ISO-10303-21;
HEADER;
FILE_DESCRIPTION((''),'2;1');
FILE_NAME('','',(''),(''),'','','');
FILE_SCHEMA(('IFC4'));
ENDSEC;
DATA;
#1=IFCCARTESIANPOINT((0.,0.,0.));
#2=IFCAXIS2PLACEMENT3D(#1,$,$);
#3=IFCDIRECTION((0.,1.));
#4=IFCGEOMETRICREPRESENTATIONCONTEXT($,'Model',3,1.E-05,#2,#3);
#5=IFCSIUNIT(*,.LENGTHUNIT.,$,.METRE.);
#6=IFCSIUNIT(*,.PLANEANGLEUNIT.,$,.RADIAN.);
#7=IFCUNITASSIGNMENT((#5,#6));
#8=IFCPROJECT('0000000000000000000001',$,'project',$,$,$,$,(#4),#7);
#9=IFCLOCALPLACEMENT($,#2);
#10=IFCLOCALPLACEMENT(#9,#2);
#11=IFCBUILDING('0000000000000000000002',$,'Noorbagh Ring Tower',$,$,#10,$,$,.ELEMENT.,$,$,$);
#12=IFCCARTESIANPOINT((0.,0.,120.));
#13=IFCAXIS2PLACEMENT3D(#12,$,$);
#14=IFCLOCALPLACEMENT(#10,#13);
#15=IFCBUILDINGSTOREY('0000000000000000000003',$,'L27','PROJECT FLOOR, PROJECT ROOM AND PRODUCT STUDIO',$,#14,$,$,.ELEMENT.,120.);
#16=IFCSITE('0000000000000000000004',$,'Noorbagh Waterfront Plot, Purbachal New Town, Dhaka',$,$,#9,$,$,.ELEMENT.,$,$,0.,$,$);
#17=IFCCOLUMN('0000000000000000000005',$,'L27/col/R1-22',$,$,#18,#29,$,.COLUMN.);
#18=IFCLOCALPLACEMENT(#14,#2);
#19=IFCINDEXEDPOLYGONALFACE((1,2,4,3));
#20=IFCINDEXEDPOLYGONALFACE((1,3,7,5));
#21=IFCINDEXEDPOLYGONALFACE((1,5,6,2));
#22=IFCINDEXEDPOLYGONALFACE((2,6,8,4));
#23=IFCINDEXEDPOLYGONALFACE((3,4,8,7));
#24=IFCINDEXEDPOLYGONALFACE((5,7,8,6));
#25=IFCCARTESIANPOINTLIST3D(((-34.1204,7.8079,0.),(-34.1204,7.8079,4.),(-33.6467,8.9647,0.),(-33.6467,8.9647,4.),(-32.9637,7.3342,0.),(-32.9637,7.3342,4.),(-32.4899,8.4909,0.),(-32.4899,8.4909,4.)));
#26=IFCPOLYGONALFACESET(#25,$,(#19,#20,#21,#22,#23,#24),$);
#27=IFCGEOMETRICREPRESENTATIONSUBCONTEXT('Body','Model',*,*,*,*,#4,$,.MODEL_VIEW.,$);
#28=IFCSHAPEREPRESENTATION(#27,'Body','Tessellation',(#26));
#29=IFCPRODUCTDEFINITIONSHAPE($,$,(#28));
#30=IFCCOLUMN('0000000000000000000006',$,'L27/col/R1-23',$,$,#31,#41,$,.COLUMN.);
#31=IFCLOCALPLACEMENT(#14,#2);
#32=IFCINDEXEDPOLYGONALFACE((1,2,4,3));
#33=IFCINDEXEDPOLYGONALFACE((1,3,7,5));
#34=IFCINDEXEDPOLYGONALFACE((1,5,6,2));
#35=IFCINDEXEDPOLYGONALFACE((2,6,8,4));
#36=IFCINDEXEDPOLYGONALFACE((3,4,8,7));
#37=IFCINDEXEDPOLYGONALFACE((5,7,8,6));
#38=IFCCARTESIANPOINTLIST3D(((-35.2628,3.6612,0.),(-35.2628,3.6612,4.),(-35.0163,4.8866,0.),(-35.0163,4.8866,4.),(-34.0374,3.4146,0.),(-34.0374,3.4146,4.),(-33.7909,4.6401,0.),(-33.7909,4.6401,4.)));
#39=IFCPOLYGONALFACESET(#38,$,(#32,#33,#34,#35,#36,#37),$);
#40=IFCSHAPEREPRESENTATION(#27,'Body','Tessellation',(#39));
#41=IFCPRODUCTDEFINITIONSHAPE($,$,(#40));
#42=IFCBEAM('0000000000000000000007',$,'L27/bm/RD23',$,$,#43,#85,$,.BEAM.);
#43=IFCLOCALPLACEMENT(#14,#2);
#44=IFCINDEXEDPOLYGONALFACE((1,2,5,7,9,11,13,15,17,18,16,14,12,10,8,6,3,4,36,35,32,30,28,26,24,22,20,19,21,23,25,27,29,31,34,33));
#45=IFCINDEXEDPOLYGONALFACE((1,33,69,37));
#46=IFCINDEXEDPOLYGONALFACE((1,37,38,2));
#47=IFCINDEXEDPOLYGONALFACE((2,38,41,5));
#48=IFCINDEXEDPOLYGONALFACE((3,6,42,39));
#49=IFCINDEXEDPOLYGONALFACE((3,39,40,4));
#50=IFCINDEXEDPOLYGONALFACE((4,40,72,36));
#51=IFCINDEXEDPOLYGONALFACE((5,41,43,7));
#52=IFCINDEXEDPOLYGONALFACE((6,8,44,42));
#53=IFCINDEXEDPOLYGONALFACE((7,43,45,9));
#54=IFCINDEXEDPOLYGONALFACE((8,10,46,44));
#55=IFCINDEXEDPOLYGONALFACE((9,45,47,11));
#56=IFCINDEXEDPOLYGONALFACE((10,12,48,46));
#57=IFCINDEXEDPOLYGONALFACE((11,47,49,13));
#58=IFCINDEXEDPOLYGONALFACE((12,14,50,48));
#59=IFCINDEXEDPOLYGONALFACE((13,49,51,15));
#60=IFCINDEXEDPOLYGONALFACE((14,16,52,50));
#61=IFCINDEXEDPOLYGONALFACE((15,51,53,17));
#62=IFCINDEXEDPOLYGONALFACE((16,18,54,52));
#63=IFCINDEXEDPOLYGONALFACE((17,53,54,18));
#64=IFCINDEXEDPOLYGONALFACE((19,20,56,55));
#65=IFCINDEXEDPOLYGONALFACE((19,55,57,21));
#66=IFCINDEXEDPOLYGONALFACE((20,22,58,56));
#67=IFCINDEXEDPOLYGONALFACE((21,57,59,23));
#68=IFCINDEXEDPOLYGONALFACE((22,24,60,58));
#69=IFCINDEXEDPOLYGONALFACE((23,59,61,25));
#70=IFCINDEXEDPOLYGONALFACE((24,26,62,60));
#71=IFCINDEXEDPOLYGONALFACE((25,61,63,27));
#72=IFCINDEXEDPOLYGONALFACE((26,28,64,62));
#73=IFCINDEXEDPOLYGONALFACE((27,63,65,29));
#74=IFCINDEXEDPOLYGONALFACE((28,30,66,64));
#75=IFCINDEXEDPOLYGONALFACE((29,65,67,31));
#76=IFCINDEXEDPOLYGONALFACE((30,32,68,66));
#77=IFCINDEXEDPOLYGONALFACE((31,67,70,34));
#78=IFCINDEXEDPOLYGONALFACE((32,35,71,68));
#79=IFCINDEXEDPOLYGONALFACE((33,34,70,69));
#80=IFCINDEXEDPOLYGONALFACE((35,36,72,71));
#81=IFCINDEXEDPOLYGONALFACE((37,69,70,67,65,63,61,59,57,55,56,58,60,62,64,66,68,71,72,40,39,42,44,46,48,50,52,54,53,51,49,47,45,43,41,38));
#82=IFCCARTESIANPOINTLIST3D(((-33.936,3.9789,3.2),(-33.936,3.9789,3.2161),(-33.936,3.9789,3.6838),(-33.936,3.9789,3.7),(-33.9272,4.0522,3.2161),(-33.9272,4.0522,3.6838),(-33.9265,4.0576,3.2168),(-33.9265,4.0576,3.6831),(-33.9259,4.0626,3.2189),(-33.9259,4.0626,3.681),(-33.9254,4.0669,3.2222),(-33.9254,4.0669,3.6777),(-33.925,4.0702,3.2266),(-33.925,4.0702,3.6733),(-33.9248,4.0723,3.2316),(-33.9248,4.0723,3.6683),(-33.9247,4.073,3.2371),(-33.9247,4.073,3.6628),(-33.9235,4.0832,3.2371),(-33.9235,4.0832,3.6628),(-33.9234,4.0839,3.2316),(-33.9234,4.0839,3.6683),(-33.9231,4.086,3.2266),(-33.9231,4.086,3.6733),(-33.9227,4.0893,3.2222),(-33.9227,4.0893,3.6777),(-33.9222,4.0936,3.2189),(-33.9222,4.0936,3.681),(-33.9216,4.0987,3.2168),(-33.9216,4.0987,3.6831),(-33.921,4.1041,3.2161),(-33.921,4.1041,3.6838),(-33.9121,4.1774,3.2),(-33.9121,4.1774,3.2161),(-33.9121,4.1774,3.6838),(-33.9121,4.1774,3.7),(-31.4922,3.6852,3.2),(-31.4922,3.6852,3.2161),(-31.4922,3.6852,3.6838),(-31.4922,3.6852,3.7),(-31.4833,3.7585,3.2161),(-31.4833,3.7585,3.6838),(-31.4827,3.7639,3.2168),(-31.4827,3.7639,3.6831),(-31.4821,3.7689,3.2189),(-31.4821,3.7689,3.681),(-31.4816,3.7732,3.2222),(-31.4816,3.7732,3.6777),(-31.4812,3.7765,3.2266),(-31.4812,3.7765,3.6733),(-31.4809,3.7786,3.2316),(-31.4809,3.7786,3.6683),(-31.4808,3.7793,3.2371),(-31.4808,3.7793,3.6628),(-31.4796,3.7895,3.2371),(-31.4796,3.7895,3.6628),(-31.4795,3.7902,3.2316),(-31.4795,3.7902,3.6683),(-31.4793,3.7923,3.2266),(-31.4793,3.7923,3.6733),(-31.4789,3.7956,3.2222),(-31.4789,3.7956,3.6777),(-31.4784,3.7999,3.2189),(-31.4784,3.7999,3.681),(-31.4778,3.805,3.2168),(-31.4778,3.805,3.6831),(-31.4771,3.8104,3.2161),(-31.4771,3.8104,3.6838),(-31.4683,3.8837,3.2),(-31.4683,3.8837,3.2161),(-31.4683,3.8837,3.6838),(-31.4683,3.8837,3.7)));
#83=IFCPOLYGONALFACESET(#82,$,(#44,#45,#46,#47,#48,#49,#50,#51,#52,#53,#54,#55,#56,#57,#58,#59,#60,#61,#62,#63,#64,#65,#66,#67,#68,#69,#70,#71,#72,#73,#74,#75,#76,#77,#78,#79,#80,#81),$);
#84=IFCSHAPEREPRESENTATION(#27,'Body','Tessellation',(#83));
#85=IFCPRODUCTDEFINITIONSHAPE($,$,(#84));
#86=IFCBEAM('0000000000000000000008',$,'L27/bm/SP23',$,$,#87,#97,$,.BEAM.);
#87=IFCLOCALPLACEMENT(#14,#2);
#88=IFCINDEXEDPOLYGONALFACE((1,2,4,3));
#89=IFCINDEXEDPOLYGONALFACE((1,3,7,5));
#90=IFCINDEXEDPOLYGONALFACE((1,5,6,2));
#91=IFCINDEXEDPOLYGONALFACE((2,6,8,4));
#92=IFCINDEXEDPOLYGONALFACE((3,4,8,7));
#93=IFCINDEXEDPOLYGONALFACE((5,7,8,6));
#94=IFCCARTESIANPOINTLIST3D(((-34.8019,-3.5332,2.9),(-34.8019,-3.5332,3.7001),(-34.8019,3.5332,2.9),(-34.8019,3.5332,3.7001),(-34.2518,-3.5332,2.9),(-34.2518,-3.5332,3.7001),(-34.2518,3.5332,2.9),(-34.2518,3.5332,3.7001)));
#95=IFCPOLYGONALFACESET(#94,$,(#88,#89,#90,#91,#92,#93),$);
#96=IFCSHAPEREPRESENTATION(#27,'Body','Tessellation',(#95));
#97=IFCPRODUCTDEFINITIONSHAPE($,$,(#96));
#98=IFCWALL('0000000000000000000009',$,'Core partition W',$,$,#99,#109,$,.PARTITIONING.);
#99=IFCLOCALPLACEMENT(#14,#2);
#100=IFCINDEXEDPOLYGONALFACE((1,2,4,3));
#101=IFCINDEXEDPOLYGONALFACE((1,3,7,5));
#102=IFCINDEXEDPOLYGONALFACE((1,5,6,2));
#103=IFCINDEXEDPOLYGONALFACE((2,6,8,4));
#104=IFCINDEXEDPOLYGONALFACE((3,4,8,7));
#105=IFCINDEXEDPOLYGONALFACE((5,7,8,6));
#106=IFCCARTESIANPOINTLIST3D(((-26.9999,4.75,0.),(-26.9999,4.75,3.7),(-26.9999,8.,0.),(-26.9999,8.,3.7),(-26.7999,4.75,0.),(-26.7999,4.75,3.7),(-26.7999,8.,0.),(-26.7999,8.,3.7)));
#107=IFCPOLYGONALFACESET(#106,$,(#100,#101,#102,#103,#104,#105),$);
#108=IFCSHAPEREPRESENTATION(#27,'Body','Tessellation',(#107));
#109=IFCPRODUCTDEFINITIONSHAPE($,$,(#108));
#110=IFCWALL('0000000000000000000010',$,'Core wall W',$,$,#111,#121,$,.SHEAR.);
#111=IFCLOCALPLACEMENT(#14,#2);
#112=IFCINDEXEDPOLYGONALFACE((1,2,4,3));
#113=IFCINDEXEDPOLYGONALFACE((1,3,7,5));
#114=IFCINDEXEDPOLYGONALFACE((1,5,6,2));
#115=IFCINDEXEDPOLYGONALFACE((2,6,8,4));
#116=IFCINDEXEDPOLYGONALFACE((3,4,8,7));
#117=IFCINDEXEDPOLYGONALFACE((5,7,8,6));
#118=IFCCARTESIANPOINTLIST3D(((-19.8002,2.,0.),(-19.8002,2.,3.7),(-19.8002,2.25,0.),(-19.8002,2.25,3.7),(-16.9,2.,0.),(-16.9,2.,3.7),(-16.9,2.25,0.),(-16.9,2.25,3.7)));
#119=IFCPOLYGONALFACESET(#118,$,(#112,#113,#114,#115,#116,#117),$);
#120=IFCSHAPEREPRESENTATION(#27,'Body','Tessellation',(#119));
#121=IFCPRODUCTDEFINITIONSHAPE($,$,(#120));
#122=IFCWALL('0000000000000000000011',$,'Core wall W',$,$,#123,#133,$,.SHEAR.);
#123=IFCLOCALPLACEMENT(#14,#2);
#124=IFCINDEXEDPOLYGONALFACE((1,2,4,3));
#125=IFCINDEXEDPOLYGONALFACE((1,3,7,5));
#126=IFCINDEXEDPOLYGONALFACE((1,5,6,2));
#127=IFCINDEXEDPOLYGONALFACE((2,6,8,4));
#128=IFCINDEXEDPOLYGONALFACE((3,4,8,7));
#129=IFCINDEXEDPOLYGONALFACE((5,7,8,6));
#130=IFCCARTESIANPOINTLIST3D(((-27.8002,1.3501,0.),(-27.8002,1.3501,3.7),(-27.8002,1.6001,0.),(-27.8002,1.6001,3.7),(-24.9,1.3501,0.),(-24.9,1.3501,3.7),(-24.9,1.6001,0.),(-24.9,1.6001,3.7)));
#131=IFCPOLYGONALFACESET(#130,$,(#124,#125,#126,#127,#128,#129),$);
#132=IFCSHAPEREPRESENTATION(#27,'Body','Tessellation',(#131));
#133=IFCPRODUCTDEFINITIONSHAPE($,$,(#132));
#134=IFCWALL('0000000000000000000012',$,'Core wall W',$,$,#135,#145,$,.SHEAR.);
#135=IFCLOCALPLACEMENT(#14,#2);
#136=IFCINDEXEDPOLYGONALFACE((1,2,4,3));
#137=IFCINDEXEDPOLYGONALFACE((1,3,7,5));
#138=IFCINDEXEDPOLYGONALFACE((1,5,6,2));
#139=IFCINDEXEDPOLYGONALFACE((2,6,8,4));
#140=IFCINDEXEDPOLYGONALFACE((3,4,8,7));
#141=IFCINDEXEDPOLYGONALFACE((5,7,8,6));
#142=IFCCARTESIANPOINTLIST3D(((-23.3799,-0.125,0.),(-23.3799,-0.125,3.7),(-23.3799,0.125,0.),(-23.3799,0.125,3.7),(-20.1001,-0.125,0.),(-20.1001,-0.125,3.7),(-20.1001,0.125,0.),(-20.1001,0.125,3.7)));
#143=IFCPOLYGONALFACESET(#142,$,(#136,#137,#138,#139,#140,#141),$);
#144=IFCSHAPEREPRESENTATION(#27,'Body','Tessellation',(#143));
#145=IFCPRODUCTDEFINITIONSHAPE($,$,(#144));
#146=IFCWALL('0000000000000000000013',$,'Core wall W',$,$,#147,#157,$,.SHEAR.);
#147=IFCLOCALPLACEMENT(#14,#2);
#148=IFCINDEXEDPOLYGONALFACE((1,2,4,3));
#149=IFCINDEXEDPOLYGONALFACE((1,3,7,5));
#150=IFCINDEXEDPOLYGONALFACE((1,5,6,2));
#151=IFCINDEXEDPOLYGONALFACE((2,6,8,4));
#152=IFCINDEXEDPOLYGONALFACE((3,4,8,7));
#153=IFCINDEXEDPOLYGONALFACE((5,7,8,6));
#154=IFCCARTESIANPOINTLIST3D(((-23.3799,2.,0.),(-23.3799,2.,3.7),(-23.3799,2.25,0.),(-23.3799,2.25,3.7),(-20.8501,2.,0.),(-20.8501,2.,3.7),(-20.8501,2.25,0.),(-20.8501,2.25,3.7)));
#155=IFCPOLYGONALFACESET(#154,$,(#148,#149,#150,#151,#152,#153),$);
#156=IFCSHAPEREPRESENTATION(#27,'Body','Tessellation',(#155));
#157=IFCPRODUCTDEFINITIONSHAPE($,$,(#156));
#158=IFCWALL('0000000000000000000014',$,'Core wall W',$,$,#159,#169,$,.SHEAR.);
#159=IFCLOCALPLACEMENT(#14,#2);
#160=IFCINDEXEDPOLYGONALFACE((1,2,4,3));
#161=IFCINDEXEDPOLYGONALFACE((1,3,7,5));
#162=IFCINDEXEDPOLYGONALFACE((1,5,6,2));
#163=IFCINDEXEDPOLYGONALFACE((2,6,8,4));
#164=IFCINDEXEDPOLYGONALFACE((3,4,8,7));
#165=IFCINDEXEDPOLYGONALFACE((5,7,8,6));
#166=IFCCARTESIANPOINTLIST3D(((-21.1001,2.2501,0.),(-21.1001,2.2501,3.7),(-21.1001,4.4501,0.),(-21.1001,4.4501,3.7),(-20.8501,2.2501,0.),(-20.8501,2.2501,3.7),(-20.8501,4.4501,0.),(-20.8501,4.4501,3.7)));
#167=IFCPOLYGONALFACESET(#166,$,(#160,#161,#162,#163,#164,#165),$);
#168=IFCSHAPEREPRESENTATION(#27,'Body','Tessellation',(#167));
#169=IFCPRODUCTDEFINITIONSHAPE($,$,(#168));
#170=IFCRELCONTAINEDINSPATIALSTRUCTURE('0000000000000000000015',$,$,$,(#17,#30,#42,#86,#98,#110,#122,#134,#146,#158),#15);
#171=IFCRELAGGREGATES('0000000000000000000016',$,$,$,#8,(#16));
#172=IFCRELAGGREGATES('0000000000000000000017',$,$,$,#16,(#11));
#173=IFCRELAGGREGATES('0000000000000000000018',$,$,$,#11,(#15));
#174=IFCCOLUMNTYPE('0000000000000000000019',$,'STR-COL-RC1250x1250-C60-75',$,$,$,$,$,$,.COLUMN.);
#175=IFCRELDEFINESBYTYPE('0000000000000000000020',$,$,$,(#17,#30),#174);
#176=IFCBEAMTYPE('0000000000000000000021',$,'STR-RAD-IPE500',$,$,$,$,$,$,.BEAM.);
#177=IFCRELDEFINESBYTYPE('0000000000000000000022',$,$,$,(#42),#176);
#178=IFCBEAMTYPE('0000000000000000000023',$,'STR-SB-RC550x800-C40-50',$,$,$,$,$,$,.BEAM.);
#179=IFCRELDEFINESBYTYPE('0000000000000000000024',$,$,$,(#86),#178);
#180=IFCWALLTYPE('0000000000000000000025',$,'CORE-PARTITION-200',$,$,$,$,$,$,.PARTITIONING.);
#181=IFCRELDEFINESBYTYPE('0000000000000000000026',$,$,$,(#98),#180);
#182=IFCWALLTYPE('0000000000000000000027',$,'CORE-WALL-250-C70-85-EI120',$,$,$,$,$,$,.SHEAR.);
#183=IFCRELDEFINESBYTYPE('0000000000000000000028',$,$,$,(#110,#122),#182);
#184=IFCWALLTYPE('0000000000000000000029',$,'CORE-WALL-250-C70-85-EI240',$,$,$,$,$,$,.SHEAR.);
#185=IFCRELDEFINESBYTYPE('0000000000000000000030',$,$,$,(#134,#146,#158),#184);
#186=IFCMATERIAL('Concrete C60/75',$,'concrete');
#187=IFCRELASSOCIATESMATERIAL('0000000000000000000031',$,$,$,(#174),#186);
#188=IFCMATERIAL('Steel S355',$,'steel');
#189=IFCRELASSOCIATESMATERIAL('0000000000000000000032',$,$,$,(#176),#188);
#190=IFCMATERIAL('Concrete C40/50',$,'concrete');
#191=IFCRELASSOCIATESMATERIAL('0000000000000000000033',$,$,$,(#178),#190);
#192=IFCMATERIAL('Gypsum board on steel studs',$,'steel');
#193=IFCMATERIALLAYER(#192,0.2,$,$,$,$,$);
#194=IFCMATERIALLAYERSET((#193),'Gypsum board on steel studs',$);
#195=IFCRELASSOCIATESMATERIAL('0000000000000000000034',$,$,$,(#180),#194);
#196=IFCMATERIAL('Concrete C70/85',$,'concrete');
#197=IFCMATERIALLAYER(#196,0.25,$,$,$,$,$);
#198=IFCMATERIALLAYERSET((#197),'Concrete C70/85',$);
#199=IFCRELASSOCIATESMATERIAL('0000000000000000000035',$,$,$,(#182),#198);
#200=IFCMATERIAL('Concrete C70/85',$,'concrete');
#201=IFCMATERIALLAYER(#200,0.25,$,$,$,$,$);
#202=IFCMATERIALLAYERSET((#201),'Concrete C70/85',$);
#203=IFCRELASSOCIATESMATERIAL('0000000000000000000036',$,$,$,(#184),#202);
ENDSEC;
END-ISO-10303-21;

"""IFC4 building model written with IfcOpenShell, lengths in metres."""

from ifc_helpers import new_model, si_unit, direction, frame, frame_2d, origin, origin_2d, place, context, subcontext, project, spatial, rectangle, i_section, extrude, material, layer, layer_set, material_profile, profile_set, type_object, element, save


model = new_model("IFC4")

# Units and contexts
model_context = context("Model", 3, precision=1e-05, world=origin(), true_north=direction((0.0, 1.0)))
body_context = subcontext(model_context, "Body", "Model", "MODEL_VIEW")
ifc_project = project(units=[si_unit("LENGTHUNIT", "METRE"), si_unit("PLANEANGLEUNIT", "RADIAN")], contexts=[model_context])

# Site, building, storey
site_placement = place(None, origin())
site = spatial("IfcSite", under=ifc_project, at=site_placement, Name="Noorbagh Waterfront Plot, Purbachal New Town, Dhaka", CompositionType="ELEMENT", RefElevation=0.0)
building_placement = place(site_placement, origin())
building = spatial("IfcBuilding", under=site, at=building_placement, Name="Noorbagh Ring Tower", CompositionType="ELEMENT")
storey_placement = place(building_placement, frame((0.0, 0.0, 120.0)))
storey = spatial("IfcBuildingStorey", under=building, at=storey_placement, Name="L27", Description="PROJECT FLOOR, PROJECT ROOM AND PRODUCT STUDIO", CompositionType="ELEMENT", Elevation=120.0)

# Columns
ifc_material_1 = material(Name="Concrete C60/75", Category="concrete")
ifc_material_profile_1 = material_profile(ifc_material_1, rectangle(XDim=1.25, YDim=1.25, at=origin_2d()), Name="RC1250x1250")
ifc_profile_set_1 = profile_set([ifc_material_profile_1], Name="Concrete C60/75")
column_type = type_object("IfcColumnType", Name="STR-COL-RC1250x1250-C60-75", PredefinedType="COLUMN", material=ifc_profile_set_1)
for number, where, z_axis, x_axis, name in (
    (1, (-33.3052, 8.1494, 0.0), (0.0, 0.0, 1.0), (-0.378989, -0.925401, 0.0), "L27/col/R1-22"),
    (2, (-34.5269, 4.1506, 0.0), (0.0, 0.0, 1.0), (-0.19723, -0.980357, 0.0), "L27/col/R1-23"),
):
    element("IfcColumn", number, at=place(storey_placement, frame(where, z_axis=z_axis, x_axis=x_axis)), inside=storey, type_object=column_type, Name=name, PredefinedType="COLUMN", context=body_context, shape_type="SweptSolid", body=[
        extrude(rectangle(XDim=1.25, YDim=1.25, at=origin_2d()), origin(), (0.0, 0.0, 1.0), 4.0),
    ])

# Beams
ifc_material_2 = material(Name="Steel S355", Category="steel")
ifc_material_profile_2 = material_profile(ifc_material_2, i_section(OverallWidth=0.2, OverallDepth=0.5, WebThickness=0.0103, FlangeThickness=0.0161, FilletRadius=0.021, at=origin_2d()), Name="IPE500")
ifc_profile_set_2 = profile_set([ifc_material_profile_2], Name="Steel S355")
beam_type_1 = type_object("IfcBeamType", Name="STR-RAD-IPE500", PredefinedType="BEAM", material=ifc_profile_set_2)
beam_1_placement = place(storey_placement, frame((-33.9241, 4.0781, 3.45), z_axis=(0.992856, -0.119321, 0.0), x_axis=(0.119321, 0.992856, 0.0)))
element("IfcBeam", 3, at=beam_1_placement, inside=storey, type_object=beam_type_1, Name="L27/bm/RD23", PredefinedType="BEAM", context=body_context, shape_type="SweptSolid", body=[
    extrude(i_section(OverallWidth=0.2, OverallDepth=0.5, WebThickness=0.0103, FlangeThickness=0.0161, FilletRadius=0.021, at=origin_2d()), origin(), (0.0, 0.0, 1.0), 2.4614),
])
ifc_material_3 = material(Name="Concrete C40/50", Category="concrete")
ifc_material_profile_3 = material_profile(ifc_material_3, rectangle(XDim=0.55, YDim=0.8, at=origin_2d()), Name="RC550x800")
ifc_profile_set_3 = profile_set([ifc_material_profile_3], Name="Concrete C40/50")
beam_type_2 = type_object("IfcBeamType", Name="STR-SB-RC550x800-C40-50", PredefinedType="BEAM", material=ifc_profile_set_3)
beam_2_placement = place(storey_placement, frame((-34.5269, 3.5332, 3.3), z_axis=(0.0, -1.0, 0.0), x_axis=(1.0, 0.0, 0.0)))
element("IfcBeam", 4, at=beam_2_placement, inside=storey, type_object=beam_type_2, Name="L27/bm/SP23", PredefinedType="BEAM", context=body_context, shape_type="SweptSolid", body=[
    extrude(rectangle(XDim=0.55, YDim=0.8, at=origin_2d()), origin(), (0.0, 0.0, 1.0), 7.0664),
])

# Walls
ifc_material_4 = material(Name="Gypsum board on steel studs", Category="steel")
ifc_layer_1 = layer(ifc_material_4, 0.2)
ifc_layer_set_1 = layer_set([ifc_layer_1], Name="Gypsum board on steel studs")
wall_type_1 = type_object("IfcWallType", Name="CORE-PARTITION-200", PredefinedType="PARTITIONING", material=ifc_layer_set_1)
wall_1_placement = place(storey_placement, frame((-26.8999, 4.75, 0.0), z_axis=(0.0, 0.0, 1.0), x_axis=(0.0, 1.0, 0.0)))
element("IfcWall", 5, at=wall_1_placement, inside=storey, type_object=wall_type_1, Name="Core partition W", PredefinedType="PARTITIONING", context=body_context, shape_type="SweptSolid", body=[
    extrude(rectangle(XDim=3.25, YDim=0.2, at=frame_2d((1.625, 0.0))), origin(), (0.0, 0.0, 1.0), 3.7),
])
ifc_material_5 = material(Name="Concrete C70/85", Category="concrete")
ifc_layer_2 = layer(ifc_material_5, 0.25)
ifc_layer_set_2 = layer_set([ifc_layer_2], Name="Concrete C70/85")
wall_type_2 = type_object("IfcWallType", Name="CORE-WALL-250-C70-85-EI120", PredefinedType="SHEAR", material=ifc_layer_set_2)
for number, where, z_axis, x_axis, name in (
    (6, (-16.8999, 2.125, 0.0), (0.0, 0.0, 1.0), (-1.0, 0.0, 0.0), "Core wall W"),
    (7, (-24.8999, 1.4751, 0.0), (0.0, 0.0, 1.0), (-1.0, 0.0, 0.0), "Core wall W"),
):
    element("IfcWall", number, at=place(storey_placement, frame(where, z_axis=z_axis, x_axis=x_axis)), inside=storey, type_object=wall_type_2, Name=name, PredefinedType="SHEAR", context=body_context, shape_type="SweptSolid", body=[
        extrude(rectangle(XDim=2.9001, YDim=0.25, at=frame_2d((1.4502, 0.0))), origin(), (0.0, 0.0, 1.0), 3.7),
    ])
ifc_material_6 = material(Name="Concrete C70/85", Category="concrete")
ifc_layer_3 = layer(ifc_material_6, 0.25)
ifc_layer_set_3 = layer_set([ifc_layer_3], Name="Concrete C70/85")
wall_type_3 = type_object("IfcWallType", Name="CORE-WALL-250-C70-85-EI240", PredefinedType="SHEAR", material=ifc_layer_set_3)
wall_2_placement = place(storey_placement, frame((-20.1001, 0.0, 0.0), z_axis=(0.0, 0.0, 1.0), x_axis=(-1.0, 0.0, 0.0)))
element("IfcWall", 8, at=wall_2_placement, inside=storey, type_object=wall_type_3, Name="Core wall W", PredefinedType="SHEAR", context=body_context, shape_type="SweptSolid", body=[
    extrude(rectangle(XDim=3.2798, YDim=0.25, at=frame_2d((1.6399, 0.0))), origin(), (0.0, 0.0, 1.0), 3.7),
])
wall_3_placement = place(storey_placement, frame((-20.8501, 2.125, 0.0), z_axis=(0.0, 0.0, 1.0), x_axis=(-1.0, 0.0, 0.0)))
element("IfcWall", 9, at=wall_3_placement, inside=storey, type_object=wall_type_3, Name="Core wall W", PredefinedType="SHEAR", context=body_context, shape_type="SweptSolid", body=[
    extrude(rectangle(XDim=2.5298, YDim=0.25, at=frame_2d((1.2649, 0.0))), origin(), (0.0, 0.0, 1.0), 3.7),
])
wall_4_placement = place(storey_placement, frame((-20.9751, 2.25, 0.0), z_axis=(0.0, 0.0, 1.0), x_axis=(0.0, 1.0, 0.0)))
element("IfcWall", 10, at=wall_4_placement, inside=storey, type_object=wall_type_3, Name="Core wall W", PredefinedType="SHEAR", context=body_context, shape_type="SweptSolid", body=[
    extrude(rectangle(XDim=2.2, YDim=0.25, at=frame_2d((1.1001, 0.0))), origin(), (0.0, 0.0, 1.0), 3.7),
])

save(model, "model.ifc")
